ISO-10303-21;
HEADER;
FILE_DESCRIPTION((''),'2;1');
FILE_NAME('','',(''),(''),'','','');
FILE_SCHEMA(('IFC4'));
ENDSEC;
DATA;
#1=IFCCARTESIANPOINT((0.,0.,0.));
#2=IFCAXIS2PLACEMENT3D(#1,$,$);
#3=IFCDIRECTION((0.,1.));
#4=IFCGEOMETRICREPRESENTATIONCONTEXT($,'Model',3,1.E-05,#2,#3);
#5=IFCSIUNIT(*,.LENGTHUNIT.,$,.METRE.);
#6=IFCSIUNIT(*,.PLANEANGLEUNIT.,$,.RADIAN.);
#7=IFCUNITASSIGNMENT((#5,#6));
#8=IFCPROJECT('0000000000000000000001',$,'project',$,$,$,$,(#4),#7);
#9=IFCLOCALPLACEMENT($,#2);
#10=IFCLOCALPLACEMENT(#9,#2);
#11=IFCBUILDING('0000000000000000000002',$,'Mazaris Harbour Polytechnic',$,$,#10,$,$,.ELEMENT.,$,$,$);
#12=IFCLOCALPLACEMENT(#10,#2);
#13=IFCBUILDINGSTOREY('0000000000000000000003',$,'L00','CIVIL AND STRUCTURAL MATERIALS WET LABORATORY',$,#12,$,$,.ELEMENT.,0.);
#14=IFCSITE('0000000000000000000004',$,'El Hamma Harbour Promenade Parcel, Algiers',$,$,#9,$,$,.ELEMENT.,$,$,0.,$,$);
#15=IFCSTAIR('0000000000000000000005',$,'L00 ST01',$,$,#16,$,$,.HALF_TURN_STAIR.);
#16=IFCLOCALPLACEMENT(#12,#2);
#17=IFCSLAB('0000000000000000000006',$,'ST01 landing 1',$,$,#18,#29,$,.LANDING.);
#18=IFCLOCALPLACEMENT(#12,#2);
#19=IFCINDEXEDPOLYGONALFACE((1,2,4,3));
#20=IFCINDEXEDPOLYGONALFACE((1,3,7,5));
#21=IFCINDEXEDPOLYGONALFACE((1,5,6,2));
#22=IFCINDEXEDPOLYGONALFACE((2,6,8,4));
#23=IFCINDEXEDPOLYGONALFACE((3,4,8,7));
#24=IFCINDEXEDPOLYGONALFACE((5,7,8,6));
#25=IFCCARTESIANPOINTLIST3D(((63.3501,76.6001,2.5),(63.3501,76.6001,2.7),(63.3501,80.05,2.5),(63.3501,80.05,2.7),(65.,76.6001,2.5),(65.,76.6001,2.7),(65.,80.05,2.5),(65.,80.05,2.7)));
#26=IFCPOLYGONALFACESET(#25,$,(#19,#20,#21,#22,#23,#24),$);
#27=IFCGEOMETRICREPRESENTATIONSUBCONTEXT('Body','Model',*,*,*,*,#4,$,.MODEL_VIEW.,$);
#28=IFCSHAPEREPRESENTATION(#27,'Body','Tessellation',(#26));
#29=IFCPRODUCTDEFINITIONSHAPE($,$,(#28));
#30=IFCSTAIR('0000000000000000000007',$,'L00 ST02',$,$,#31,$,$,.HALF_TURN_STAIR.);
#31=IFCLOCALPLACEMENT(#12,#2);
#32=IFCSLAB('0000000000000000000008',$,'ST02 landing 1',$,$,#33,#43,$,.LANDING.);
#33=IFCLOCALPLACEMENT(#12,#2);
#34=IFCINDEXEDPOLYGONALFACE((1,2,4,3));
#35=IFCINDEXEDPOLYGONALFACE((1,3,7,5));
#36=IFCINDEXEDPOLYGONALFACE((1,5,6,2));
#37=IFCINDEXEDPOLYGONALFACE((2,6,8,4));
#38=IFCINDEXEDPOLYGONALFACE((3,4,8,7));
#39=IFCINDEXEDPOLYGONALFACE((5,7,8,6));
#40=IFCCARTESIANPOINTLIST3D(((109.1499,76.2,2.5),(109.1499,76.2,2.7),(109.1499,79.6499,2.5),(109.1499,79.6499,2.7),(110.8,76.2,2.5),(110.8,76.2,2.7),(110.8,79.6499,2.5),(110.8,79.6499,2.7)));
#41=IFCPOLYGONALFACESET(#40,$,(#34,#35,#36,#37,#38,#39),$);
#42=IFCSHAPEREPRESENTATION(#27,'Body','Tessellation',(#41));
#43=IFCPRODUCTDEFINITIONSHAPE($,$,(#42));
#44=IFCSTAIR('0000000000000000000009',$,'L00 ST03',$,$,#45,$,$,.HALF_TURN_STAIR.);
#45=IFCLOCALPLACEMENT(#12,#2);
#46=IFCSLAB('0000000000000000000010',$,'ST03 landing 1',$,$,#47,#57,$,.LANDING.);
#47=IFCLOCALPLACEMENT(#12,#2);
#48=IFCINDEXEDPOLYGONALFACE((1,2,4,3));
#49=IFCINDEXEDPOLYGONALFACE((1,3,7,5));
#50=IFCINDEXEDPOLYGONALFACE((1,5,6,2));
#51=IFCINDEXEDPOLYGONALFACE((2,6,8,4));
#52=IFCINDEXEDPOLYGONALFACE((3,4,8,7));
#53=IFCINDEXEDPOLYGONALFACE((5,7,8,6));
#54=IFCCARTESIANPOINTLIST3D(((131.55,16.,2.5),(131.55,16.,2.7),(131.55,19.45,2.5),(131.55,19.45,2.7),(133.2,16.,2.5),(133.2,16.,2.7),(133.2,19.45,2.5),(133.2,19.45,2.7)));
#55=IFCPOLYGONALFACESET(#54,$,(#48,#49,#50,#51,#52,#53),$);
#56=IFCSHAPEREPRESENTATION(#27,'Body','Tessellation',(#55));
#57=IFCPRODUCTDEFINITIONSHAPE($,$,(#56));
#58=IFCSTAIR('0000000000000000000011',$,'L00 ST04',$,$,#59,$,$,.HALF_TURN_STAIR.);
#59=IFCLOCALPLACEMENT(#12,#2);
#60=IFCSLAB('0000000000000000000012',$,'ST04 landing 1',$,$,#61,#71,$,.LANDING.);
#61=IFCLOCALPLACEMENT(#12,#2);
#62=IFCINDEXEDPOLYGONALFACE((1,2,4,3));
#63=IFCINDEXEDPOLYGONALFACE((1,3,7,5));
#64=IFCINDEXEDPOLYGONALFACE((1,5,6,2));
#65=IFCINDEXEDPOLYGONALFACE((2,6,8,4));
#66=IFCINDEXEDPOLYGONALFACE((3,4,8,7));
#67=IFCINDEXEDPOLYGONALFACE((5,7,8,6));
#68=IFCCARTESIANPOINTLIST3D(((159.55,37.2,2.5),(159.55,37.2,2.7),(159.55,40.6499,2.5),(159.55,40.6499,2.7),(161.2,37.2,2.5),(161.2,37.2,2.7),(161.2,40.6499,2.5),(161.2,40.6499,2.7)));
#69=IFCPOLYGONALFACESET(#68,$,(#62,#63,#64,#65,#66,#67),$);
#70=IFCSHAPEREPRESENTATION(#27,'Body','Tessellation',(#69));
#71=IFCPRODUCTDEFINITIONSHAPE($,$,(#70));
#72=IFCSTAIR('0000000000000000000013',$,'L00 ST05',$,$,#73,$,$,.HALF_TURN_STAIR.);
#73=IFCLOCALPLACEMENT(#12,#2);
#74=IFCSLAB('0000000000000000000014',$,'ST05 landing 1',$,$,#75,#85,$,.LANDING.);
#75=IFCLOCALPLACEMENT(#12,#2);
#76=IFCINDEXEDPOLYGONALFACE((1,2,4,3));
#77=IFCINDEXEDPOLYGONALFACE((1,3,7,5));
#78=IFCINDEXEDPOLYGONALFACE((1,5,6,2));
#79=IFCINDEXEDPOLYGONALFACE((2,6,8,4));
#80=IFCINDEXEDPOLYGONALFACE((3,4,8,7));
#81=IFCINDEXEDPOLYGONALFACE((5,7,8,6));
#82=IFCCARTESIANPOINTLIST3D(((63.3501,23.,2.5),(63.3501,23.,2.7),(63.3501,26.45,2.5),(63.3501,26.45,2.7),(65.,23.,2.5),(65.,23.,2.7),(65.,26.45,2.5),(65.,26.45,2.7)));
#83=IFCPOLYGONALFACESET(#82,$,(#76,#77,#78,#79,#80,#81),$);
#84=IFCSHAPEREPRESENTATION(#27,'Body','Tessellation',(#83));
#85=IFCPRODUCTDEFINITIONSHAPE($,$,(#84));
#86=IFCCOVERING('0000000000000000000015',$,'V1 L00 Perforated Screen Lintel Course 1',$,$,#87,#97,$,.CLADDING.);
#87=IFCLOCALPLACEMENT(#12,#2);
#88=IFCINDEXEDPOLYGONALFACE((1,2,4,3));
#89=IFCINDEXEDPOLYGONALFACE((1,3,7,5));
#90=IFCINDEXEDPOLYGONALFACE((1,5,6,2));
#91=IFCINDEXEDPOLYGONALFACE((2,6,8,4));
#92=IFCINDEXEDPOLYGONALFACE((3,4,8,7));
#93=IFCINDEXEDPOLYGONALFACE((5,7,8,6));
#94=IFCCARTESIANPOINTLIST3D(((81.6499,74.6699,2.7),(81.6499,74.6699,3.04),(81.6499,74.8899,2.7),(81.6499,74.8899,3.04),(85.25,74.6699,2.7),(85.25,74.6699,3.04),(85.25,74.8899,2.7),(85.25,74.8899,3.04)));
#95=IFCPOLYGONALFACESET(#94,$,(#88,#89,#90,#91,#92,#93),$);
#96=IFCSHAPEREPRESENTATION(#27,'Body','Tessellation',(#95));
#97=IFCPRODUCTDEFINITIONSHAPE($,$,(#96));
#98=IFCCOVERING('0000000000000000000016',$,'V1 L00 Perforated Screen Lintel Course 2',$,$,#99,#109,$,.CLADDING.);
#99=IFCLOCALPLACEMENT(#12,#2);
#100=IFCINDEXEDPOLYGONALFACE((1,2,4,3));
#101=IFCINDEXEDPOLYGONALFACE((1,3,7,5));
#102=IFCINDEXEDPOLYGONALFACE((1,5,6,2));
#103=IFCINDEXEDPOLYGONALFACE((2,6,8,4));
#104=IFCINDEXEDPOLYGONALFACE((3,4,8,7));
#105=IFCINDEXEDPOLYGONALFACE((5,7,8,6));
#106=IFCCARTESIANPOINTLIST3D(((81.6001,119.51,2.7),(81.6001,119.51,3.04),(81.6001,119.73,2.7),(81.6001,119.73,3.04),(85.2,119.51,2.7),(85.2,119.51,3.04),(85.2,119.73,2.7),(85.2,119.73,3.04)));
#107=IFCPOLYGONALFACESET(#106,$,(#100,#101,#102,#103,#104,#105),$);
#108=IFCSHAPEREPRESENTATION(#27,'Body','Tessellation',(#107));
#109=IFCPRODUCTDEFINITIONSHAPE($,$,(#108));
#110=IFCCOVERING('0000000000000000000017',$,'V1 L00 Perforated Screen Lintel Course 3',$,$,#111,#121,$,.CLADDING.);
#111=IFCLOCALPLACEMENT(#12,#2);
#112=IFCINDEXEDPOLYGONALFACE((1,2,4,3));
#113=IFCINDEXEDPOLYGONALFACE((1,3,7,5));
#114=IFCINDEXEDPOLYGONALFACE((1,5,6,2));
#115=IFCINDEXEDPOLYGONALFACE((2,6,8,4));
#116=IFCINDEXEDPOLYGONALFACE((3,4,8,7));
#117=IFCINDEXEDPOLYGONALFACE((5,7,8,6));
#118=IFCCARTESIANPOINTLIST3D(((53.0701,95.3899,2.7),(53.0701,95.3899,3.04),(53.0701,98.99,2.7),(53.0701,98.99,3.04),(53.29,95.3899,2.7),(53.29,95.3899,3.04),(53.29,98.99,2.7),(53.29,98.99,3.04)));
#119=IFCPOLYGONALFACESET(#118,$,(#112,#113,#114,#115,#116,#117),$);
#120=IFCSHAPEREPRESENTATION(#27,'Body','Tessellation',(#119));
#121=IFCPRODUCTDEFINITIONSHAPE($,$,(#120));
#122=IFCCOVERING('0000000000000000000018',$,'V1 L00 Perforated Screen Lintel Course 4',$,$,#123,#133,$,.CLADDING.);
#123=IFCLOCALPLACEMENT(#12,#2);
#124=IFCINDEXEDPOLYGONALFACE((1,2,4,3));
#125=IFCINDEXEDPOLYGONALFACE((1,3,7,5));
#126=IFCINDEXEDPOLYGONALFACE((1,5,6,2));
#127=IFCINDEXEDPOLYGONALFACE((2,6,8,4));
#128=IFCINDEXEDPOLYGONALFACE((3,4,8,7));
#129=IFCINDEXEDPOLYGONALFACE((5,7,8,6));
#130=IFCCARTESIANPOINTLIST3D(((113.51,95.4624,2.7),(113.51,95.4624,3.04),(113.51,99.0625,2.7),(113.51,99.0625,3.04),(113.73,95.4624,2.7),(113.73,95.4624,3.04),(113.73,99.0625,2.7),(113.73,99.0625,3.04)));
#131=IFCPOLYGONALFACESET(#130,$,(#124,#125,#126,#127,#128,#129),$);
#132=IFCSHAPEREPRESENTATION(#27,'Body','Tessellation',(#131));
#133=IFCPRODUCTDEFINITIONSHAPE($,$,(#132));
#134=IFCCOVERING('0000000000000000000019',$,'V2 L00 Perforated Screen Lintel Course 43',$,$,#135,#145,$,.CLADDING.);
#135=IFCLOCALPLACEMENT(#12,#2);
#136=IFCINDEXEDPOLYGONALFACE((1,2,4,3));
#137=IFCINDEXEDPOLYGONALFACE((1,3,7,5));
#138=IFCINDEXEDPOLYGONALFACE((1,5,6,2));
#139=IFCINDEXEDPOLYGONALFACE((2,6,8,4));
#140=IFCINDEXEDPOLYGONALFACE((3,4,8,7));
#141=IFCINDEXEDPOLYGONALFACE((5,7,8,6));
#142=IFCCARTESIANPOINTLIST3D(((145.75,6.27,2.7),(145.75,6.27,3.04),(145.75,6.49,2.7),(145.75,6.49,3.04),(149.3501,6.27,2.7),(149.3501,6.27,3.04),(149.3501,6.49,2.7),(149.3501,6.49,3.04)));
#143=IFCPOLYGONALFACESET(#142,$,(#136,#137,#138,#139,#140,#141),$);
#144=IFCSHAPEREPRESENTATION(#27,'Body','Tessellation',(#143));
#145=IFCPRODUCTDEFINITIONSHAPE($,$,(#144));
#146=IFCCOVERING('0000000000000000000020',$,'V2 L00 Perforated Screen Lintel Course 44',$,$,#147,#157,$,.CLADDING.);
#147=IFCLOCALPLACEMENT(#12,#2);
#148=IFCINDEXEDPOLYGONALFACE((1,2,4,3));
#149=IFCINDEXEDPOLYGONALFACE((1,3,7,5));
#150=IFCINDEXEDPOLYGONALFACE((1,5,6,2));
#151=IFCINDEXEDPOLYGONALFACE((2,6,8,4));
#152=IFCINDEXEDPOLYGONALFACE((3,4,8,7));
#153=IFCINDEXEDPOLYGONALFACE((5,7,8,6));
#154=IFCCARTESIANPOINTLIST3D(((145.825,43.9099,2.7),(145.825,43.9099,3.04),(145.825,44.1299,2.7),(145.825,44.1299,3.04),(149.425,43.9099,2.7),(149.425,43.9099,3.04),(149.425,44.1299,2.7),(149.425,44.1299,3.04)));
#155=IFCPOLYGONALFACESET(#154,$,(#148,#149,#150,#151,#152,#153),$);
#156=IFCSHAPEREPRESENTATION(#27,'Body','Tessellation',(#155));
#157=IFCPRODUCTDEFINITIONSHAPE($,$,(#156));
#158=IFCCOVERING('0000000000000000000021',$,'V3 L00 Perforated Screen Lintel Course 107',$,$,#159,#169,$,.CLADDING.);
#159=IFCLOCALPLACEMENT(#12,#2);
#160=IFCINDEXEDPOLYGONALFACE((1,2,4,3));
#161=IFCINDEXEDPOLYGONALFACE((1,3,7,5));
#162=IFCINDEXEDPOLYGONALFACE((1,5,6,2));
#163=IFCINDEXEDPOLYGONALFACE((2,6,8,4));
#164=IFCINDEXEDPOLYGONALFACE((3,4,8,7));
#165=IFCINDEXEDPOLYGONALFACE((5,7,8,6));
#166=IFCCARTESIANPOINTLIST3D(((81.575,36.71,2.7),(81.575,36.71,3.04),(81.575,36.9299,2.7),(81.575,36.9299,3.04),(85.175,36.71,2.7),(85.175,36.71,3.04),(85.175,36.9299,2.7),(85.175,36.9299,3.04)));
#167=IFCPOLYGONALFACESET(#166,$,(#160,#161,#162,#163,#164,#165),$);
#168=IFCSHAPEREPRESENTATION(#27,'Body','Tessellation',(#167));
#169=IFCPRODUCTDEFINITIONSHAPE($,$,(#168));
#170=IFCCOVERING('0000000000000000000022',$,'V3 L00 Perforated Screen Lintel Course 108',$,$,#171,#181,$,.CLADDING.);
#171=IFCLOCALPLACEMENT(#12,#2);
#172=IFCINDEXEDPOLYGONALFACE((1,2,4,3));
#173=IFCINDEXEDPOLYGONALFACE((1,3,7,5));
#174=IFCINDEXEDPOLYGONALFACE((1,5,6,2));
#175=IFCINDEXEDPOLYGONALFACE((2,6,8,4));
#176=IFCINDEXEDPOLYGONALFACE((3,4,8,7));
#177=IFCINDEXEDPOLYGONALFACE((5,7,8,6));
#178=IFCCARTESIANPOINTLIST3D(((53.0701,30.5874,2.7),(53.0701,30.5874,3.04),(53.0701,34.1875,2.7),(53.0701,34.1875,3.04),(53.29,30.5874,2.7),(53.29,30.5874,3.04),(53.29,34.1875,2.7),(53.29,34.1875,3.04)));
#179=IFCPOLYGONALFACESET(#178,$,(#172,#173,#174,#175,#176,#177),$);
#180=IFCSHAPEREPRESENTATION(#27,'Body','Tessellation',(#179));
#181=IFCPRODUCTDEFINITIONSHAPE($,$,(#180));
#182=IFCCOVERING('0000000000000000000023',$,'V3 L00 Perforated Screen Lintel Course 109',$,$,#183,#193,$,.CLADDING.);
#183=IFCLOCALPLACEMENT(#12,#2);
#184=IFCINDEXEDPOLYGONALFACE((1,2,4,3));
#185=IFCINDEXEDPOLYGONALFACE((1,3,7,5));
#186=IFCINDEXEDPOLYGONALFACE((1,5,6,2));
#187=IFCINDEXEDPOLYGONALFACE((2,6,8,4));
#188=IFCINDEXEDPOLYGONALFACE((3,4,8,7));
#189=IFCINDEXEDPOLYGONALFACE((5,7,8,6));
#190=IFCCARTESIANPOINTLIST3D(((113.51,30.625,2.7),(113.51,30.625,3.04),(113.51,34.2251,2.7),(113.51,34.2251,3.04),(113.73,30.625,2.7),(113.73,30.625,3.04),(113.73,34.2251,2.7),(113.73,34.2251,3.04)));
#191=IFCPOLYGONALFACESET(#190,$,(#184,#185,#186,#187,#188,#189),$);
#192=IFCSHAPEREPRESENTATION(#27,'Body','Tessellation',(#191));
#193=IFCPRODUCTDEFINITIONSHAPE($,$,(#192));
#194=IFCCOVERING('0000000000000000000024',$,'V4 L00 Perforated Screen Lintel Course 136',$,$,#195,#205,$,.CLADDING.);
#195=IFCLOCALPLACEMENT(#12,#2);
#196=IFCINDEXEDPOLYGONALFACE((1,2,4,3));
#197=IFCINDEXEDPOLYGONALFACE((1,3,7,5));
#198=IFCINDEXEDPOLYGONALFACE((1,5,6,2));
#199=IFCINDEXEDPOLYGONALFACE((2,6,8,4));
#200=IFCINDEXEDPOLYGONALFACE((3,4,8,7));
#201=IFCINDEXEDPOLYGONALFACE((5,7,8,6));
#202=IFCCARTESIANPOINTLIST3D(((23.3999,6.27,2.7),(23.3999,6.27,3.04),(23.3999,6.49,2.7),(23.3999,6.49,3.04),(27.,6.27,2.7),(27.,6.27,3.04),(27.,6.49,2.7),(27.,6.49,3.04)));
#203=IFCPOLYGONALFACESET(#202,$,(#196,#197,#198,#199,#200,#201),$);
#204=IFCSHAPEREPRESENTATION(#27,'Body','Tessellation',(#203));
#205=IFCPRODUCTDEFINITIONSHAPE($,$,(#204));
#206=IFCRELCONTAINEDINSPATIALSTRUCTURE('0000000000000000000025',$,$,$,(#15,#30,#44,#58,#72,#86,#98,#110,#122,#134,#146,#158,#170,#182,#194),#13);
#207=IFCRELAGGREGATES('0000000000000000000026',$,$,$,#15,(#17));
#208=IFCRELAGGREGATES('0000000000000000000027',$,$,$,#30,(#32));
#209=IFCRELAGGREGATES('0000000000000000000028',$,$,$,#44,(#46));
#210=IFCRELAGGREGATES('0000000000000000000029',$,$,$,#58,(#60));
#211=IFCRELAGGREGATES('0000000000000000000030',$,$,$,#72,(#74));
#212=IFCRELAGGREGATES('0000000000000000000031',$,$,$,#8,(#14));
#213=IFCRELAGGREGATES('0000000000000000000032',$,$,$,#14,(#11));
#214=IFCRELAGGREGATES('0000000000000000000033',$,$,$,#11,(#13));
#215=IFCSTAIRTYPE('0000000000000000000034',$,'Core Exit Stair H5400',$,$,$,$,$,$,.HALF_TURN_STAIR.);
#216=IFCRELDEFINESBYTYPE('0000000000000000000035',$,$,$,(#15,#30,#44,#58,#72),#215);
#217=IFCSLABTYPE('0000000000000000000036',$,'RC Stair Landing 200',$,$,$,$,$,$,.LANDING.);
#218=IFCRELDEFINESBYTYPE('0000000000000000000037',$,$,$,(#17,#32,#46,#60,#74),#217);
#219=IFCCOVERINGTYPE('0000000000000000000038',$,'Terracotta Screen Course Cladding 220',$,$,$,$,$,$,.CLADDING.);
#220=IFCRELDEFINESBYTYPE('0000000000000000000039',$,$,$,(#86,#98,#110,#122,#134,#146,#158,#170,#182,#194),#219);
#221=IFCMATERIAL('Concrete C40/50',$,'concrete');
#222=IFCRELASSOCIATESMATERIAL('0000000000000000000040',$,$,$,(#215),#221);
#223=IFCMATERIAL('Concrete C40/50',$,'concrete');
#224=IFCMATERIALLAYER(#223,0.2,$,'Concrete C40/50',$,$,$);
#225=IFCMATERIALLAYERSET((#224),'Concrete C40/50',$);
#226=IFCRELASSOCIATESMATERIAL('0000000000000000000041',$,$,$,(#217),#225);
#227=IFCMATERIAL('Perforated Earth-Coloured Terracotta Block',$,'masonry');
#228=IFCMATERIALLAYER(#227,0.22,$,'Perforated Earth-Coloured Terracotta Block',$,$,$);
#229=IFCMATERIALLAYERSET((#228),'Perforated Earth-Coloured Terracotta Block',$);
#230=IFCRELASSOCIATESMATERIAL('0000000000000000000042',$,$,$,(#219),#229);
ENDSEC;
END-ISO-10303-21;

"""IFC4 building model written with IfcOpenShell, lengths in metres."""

from ifc_helpers import new_model, si_unit, direction, frame, origin, place, context, subcontext, project, spatial, polyline, outline, extrude, material, layer, layer_set, type_object, element, aggregate, save


model = new_model("IFC4")

# Units and contexts
model_context = context("Model", 3, precision=1e-05, world=origin(), true_north=direction((0.0, 1.0)))
body_context = subcontext(model_context, "Body", "Model", "MODEL_VIEW")
ifc_project = project(units=[si_unit("LENGTHUNIT", "METRE"), si_unit("PLANEANGLEUNIT", "RADIAN")], contexts=[model_context])

# Site, building, storey
site_placement = place(None, origin())
site = spatial("IfcSite", under=ifc_project, at=site_placement, Name="El Hamma Harbour Promenade Parcel, Algiers", CompositionType="ELEMENT", RefElevation=0.0)
building_placement = place(site_placement, origin())
building = spatial("IfcBuilding", under=site, at=building_placement, Name="Mazaris Harbour Polytechnic", CompositionType="ELEMENT")
storey_placement = place(building_placement, origin())
storey = spatial("IfcBuildingStorey", under=building, at=storey_placement, Name="L00", Description="CIVIL AND STRUCTURAL MATERIALS WET LABORATORY", CompositionType="ELEMENT", Elevation=0.0)

# Stairs, slabs
ifc_material_1 = material(Name="Concrete C40/50", Category="concrete")
stair_type = type_object("IfcStairType", Name="Core Exit Stair H5400", PredefinedType="HALF_TURN_STAIR", material=ifc_material_1)
stair_1_placement = place(storey_placement, origin())
stair_1 = element("IfcStair", 1, at=stair_1_placement, inside=storey, type_object=stair_type, Name="L00 ST01", PredefinedType="HALF_TURN_STAIR")
ifc_material_2 = material(Name="Concrete C40/50", Category="concrete")
ifc_layer_1 = layer(ifc_material_2, 0.2, Name="Concrete C40/50")
ifc_layer_set_1 = layer_set([ifc_layer_1], Name="Concrete C40/50")
slab_type = type_object("IfcSlabType", Name="RC Stair Landing 200", PredefinedType="LANDING", material=ifc_layer_set_1)
slab_1_placement = place(storey_placement, frame((0.0, 0.0, 2.5)))
slab_1 = element("IfcSlab", 2, at=slab_1_placement, type_object=slab_type, Name="ST01 landing 1", PredefinedType="LANDING", context=body_context, shape_type="SweptSolid", body=[
    extrude(outline(polyline([(63.3501, 76.6001), (65.0, 76.6001), (65.0, 80.05), (63.3501, 80.05), (63.3501, 76.6001)])), origin(), (0.0, 0.0, 1.0), 0.2),
])
aggregate(stair_1, [slab_1])
stair_2_placement = place(storey_placement, origin())
stair_2 = element("IfcStair", 3, at=stair_2_placement, inside=storey, type_object=stair_type, Name="L00 ST02", PredefinedType="HALF_TURN_STAIR")
slab_2_placement = place(storey_placement, frame((0.0, 0.0, 2.5)))
slab_2 = element("IfcSlab", 4, at=slab_2_placement, type_object=slab_type, Name="ST02 landing 1", PredefinedType="LANDING", context=body_context, shape_type="SweptSolid", body=[
    extrude(outline(polyline([(109.1499, 76.2), (110.8, 76.2), (110.8, 79.6499), (109.1499, 79.6499), (109.1499, 76.2)])), origin(), (0.0, 0.0, 1.0), 0.2),
])
aggregate(stair_2, [slab_2])
stair_3_placement = place(storey_placement, origin())
stair_3 = element("IfcStair", 5, at=stair_3_placement, inside=storey, type_object=stair_type, Name="L00 ST03", PredefinedType="HALF_TURN_STAIR")
slab_3_placement = place(storey_placement, frame((0.0, 0.0, 2.5)))
slab_3 = element("IfcSlab", 6, at=slab_3_placement, type_object=slab_type, Name="ST03 landing 1", PredefinedType="LANDING", context=body_context, shape_type="SweptSolid", body=[
    extrude(outline(polyline([(131.55, 16.0), (133.2, 16.0), (133.2, 19.45), (131.55, 19.45), (131.55, 16.0)])), origin(), (0.0, 0.0, 1.0), 0.2),
])
aggregate(stair_3, [slab_3])
stair_4_placement = place(storey_placement, origin())
stair_4 = element("IfcStair", 7, at=stair_4_placement, inside=storey, type_object=stair_type, Name="L00 ST04", PredefinedType="HALF_TURN_STAIR")
slab_4_placement = place(storey_placement, frame((0.0, 0.0, 2.5)))
slab_4 = element("IfcSlab", 8, at=slab_4_placement, type_object=slab_type, Name="ST04 landing 1", PredefinedType="LANDING", context=body_context, shape_type="SweptSolid", body=[
    extrude(outline(polyline([(159.55, 37.2), (161.2, 37.2), (161.2, 40.6499), (159.55, 40.6499), (159.55, 37.2)])), origin(), (0.0, 0.0, 1.0), 0.2),
])
aggregate(stair_4, [slab_4])
stair_5_placement = place(storey_placement, origin())
stair_5 = element("IfcStair", 9, at=stair_5_placement, inside=storey, type_object=stair_type, Name="L00 ST05", PredefinedType="HALF_TURN_STAIR")
slab_5_placement = place(storey_placement, frame((0.0, 0.0, 2.5)))
slab_5 = element("IfcSlab", 10, at=slab_5_placement, type_object=slab_type, Name="ST05 landing 1", PredefinedType="LANDING", context=body_context, shape_type="SweptSolid", body=[
    extrude(outline(polyline([(63.3501, 23.0), (65.0, 23.0), (65.0, 26.45), (63.3501, 26.45), (63.3501, 23.0)])), origin(), (0.0, 0.0, 1.0), 0.2),
])
aggregate(stair_5, [slab_5])

# Coverings
ifc_material_3 = material(Name="Perforated Earth-Coloured Terracotta Block", Category="masonry")
ifc_layer_2 = layer(ifc_material_3, 0.22, Name="Perforated Earth-Coloured Terracotta Block")
ifc_layer_set_2 = layer_set([ifc_layer_2], Name="Perforated Earth-Coloured Terracotta Block")
covering_type = type_object("IfcCoveringType", Name="Terracotta Screen Course Cladding 220", PredefinedType="CLADDING", material=ifc_layer_set_2)
covering_1_placement = place(storey_placement, frame((0.0, 0.0, 2.7)))
element("IfcCovering", 11, at=covering_1_placement, inside=storey, type_object=covering_type, Name="V1 L00 Perforated Screen Lintel Course 1", PredefinedType="CLADDING", context=body_context, shape_type="SweptSolid", body=[
    extrude(outline(polyline([(85.25, 74.8899), (81.6499, 74.8899), (81.6499, 74.6699), (85.25, 74.6699), (85.25, 74.8899)])), origin(), (0.0, 0.0, 1.0), 0.3401),
])
covering_2_placement = place(storey_placement, frame((0.0, 0.0, 2.7)))
element("IfcCovering", 12, at=covering_2_placement, inside=storey, type_object=covering_type, Name="V1 L00 Perforated Screen Lintel Course 2", PredefinedType="CLADDING", context=body_context, shape_type="SweptSolid", body=[
    extrude(outline(polyline([(81.6001, 119.51), (85.2, 119.51), (85.2, 119.73), (81.6001, 119.73), (81.6001, 119.51)])), origin(), (0.0, 0.0, 1.0), 0.3401),
])
covering_3_placement = place(storey_placement, frame((0.0, 0.0, 2.7)))
element("IfcCovering", 13, at=covering_3_placement, inside=storey, type_object=covering_type, Name="V1 L00 Perforated Screen Lintel Course 3", PredefinedType="CLADDING", context=body_context, shape_type="SweptSolid", body=[
    extrude(outline(polyline([(53.29, 95.3899), (53.29, 98.99), (53.0701, 98.99), (53.0701, 95.3899), (53.29, 95.3899)])), origin(), (0.0, 0.0, 1.0), 0.3401),
])
covering_4_placement = place(storey_placement, frame((0.0, 0.0, 2.7)))
element("IfcCovering", 14, at=covering_4_placement, inside=storey, type_object=covering_type, Name="V1 L00 Perforated Screen Lintel Course 4", PredefinedType="CLADDING", context=body_context, shape_type="SweptSolid", body=[
    extrude(outline(polyline([(113.51, 99.0625), (113.51, 95.4624), (113.73, 95.4624), (113.73, 99.0625), (113.51, 99.0625)])), origin(), (0.0, 0.0, 1.0), 0.3401),
])
covering_5_placement = place(storey_placement, frame((0.0, 0.0, 2.7)))
element("IfcCovering", 15, at=covering_5_placement, inside=storey, type_object=covering_type, Name="V2 L00 Perforated Screen Lintel Course 43", PredefinedType="CLADDING", context=body_context, shape_type="SweptSolid", body=[
    extrude(outline(polyline([(149.3501, 6.49), (145.75, 6.49), (145.75, 6.27), (149.3501, 6.27), (149.3501, 6.49)])), origin(), (0.0, 0.0, 1.0), 0.3401),
])
covering_6_placement = place(storey_placement, frame((0.0, 0.0, 2.7)))
element("IfcCovering", 16, at=covering_6_placement, inside=storey, type_object=covering_type, Name="V2 L00 Perforated Screen Lintel Course 44", PredefinedType="CLADDING", context=body_context, shape_type="SweptSolid", body=[
    extrude(outline(polyline([(145.825, 43.9099), (149.425, 43.9099), (149.425, 44.1299), (145.825, 44.1299), (145.825, 43.9099)])), origin(), (0.0, 0.0, 1.0), 0.3401),
])
covering_7_placement = place(storey_placement, frame((0.0, 0.0, 2.7)))
element("IfcCovering", 17, at=covering_7_placement, inside=storey, type_object=covering_type, Name="V3 L00 Perforated Screen Lintel Course 107", PredefinedType="CLADDING", context=body_context, shape_type="SweptSolid", body=[
    extrude(outline(polyline([(81.575, 36.71), (85.175, 36.71), (85.175, 36.9299), (81.575, 36.9299), (81.575, 36.71)])), origin(), (0.0, 0.0, 1.0), 0.3401),
])
covering_8_placement = place(storey_placement, frame((0.0, 0.0, 2.7)))
element("IfcCovering", 18, at=covering_8_placement, inside=storey, type_object=covering_type, Name="V3 L00 Perforated Screen Lintel Course 108", PredefinedType="CLADDING", context=body_context, shape_type="SweptSolid", body=[
    extrude(outline(polyline([(53.29, 30.5874), (53.29, 34.1875), (53.0701, 34.1875), (53.0701, 30.5874), (53.29, 30.5874)])), origin(), (0.0, 0.0, 1.0), 0.3401),
])
covering_9_placement = place(storey_placement, frame((0.0, 0.0, 2.7)))
element("IfcCovering", 19, at=covering_9_placement, inside=storey, type_object=covering_type, Name="V3 L00 Perforated Screen Lintel Course 109", PredefinedType="CLADDING", context=body_context, shape_type="SweptSolid", body=[
    extrude(outline(polyline([(113.51, 34.2251), (113.51, 30.625), (113.73, 30.625), (113.73, 34.2251), (113.51, 34.2251)])), origin(), (0.0, 0.0, 1.0), 0.3401),
])
covering_10_placement = place(storey_placement, frame((0.0, 0.0, 2.7)))
element("IfcCovering", 20, at=covering_10_placement, inside=storey, type_object=covering_type, Name="V4 L00 Perforated Screen Lintel Course 136", PredefinedType="CLADDING", context=body_context, shape_type="SweptSolid", body=[
    extrude(outline(polyline([(27.0, 6.49), (23.3999, 6.49), (23.3999, 6.27), (27.0, 6.27), (27.0, 6.49)])), origin(), (0.0, 0.0, 1.0), 0.3401),
])

save(model, "model.ifc")
